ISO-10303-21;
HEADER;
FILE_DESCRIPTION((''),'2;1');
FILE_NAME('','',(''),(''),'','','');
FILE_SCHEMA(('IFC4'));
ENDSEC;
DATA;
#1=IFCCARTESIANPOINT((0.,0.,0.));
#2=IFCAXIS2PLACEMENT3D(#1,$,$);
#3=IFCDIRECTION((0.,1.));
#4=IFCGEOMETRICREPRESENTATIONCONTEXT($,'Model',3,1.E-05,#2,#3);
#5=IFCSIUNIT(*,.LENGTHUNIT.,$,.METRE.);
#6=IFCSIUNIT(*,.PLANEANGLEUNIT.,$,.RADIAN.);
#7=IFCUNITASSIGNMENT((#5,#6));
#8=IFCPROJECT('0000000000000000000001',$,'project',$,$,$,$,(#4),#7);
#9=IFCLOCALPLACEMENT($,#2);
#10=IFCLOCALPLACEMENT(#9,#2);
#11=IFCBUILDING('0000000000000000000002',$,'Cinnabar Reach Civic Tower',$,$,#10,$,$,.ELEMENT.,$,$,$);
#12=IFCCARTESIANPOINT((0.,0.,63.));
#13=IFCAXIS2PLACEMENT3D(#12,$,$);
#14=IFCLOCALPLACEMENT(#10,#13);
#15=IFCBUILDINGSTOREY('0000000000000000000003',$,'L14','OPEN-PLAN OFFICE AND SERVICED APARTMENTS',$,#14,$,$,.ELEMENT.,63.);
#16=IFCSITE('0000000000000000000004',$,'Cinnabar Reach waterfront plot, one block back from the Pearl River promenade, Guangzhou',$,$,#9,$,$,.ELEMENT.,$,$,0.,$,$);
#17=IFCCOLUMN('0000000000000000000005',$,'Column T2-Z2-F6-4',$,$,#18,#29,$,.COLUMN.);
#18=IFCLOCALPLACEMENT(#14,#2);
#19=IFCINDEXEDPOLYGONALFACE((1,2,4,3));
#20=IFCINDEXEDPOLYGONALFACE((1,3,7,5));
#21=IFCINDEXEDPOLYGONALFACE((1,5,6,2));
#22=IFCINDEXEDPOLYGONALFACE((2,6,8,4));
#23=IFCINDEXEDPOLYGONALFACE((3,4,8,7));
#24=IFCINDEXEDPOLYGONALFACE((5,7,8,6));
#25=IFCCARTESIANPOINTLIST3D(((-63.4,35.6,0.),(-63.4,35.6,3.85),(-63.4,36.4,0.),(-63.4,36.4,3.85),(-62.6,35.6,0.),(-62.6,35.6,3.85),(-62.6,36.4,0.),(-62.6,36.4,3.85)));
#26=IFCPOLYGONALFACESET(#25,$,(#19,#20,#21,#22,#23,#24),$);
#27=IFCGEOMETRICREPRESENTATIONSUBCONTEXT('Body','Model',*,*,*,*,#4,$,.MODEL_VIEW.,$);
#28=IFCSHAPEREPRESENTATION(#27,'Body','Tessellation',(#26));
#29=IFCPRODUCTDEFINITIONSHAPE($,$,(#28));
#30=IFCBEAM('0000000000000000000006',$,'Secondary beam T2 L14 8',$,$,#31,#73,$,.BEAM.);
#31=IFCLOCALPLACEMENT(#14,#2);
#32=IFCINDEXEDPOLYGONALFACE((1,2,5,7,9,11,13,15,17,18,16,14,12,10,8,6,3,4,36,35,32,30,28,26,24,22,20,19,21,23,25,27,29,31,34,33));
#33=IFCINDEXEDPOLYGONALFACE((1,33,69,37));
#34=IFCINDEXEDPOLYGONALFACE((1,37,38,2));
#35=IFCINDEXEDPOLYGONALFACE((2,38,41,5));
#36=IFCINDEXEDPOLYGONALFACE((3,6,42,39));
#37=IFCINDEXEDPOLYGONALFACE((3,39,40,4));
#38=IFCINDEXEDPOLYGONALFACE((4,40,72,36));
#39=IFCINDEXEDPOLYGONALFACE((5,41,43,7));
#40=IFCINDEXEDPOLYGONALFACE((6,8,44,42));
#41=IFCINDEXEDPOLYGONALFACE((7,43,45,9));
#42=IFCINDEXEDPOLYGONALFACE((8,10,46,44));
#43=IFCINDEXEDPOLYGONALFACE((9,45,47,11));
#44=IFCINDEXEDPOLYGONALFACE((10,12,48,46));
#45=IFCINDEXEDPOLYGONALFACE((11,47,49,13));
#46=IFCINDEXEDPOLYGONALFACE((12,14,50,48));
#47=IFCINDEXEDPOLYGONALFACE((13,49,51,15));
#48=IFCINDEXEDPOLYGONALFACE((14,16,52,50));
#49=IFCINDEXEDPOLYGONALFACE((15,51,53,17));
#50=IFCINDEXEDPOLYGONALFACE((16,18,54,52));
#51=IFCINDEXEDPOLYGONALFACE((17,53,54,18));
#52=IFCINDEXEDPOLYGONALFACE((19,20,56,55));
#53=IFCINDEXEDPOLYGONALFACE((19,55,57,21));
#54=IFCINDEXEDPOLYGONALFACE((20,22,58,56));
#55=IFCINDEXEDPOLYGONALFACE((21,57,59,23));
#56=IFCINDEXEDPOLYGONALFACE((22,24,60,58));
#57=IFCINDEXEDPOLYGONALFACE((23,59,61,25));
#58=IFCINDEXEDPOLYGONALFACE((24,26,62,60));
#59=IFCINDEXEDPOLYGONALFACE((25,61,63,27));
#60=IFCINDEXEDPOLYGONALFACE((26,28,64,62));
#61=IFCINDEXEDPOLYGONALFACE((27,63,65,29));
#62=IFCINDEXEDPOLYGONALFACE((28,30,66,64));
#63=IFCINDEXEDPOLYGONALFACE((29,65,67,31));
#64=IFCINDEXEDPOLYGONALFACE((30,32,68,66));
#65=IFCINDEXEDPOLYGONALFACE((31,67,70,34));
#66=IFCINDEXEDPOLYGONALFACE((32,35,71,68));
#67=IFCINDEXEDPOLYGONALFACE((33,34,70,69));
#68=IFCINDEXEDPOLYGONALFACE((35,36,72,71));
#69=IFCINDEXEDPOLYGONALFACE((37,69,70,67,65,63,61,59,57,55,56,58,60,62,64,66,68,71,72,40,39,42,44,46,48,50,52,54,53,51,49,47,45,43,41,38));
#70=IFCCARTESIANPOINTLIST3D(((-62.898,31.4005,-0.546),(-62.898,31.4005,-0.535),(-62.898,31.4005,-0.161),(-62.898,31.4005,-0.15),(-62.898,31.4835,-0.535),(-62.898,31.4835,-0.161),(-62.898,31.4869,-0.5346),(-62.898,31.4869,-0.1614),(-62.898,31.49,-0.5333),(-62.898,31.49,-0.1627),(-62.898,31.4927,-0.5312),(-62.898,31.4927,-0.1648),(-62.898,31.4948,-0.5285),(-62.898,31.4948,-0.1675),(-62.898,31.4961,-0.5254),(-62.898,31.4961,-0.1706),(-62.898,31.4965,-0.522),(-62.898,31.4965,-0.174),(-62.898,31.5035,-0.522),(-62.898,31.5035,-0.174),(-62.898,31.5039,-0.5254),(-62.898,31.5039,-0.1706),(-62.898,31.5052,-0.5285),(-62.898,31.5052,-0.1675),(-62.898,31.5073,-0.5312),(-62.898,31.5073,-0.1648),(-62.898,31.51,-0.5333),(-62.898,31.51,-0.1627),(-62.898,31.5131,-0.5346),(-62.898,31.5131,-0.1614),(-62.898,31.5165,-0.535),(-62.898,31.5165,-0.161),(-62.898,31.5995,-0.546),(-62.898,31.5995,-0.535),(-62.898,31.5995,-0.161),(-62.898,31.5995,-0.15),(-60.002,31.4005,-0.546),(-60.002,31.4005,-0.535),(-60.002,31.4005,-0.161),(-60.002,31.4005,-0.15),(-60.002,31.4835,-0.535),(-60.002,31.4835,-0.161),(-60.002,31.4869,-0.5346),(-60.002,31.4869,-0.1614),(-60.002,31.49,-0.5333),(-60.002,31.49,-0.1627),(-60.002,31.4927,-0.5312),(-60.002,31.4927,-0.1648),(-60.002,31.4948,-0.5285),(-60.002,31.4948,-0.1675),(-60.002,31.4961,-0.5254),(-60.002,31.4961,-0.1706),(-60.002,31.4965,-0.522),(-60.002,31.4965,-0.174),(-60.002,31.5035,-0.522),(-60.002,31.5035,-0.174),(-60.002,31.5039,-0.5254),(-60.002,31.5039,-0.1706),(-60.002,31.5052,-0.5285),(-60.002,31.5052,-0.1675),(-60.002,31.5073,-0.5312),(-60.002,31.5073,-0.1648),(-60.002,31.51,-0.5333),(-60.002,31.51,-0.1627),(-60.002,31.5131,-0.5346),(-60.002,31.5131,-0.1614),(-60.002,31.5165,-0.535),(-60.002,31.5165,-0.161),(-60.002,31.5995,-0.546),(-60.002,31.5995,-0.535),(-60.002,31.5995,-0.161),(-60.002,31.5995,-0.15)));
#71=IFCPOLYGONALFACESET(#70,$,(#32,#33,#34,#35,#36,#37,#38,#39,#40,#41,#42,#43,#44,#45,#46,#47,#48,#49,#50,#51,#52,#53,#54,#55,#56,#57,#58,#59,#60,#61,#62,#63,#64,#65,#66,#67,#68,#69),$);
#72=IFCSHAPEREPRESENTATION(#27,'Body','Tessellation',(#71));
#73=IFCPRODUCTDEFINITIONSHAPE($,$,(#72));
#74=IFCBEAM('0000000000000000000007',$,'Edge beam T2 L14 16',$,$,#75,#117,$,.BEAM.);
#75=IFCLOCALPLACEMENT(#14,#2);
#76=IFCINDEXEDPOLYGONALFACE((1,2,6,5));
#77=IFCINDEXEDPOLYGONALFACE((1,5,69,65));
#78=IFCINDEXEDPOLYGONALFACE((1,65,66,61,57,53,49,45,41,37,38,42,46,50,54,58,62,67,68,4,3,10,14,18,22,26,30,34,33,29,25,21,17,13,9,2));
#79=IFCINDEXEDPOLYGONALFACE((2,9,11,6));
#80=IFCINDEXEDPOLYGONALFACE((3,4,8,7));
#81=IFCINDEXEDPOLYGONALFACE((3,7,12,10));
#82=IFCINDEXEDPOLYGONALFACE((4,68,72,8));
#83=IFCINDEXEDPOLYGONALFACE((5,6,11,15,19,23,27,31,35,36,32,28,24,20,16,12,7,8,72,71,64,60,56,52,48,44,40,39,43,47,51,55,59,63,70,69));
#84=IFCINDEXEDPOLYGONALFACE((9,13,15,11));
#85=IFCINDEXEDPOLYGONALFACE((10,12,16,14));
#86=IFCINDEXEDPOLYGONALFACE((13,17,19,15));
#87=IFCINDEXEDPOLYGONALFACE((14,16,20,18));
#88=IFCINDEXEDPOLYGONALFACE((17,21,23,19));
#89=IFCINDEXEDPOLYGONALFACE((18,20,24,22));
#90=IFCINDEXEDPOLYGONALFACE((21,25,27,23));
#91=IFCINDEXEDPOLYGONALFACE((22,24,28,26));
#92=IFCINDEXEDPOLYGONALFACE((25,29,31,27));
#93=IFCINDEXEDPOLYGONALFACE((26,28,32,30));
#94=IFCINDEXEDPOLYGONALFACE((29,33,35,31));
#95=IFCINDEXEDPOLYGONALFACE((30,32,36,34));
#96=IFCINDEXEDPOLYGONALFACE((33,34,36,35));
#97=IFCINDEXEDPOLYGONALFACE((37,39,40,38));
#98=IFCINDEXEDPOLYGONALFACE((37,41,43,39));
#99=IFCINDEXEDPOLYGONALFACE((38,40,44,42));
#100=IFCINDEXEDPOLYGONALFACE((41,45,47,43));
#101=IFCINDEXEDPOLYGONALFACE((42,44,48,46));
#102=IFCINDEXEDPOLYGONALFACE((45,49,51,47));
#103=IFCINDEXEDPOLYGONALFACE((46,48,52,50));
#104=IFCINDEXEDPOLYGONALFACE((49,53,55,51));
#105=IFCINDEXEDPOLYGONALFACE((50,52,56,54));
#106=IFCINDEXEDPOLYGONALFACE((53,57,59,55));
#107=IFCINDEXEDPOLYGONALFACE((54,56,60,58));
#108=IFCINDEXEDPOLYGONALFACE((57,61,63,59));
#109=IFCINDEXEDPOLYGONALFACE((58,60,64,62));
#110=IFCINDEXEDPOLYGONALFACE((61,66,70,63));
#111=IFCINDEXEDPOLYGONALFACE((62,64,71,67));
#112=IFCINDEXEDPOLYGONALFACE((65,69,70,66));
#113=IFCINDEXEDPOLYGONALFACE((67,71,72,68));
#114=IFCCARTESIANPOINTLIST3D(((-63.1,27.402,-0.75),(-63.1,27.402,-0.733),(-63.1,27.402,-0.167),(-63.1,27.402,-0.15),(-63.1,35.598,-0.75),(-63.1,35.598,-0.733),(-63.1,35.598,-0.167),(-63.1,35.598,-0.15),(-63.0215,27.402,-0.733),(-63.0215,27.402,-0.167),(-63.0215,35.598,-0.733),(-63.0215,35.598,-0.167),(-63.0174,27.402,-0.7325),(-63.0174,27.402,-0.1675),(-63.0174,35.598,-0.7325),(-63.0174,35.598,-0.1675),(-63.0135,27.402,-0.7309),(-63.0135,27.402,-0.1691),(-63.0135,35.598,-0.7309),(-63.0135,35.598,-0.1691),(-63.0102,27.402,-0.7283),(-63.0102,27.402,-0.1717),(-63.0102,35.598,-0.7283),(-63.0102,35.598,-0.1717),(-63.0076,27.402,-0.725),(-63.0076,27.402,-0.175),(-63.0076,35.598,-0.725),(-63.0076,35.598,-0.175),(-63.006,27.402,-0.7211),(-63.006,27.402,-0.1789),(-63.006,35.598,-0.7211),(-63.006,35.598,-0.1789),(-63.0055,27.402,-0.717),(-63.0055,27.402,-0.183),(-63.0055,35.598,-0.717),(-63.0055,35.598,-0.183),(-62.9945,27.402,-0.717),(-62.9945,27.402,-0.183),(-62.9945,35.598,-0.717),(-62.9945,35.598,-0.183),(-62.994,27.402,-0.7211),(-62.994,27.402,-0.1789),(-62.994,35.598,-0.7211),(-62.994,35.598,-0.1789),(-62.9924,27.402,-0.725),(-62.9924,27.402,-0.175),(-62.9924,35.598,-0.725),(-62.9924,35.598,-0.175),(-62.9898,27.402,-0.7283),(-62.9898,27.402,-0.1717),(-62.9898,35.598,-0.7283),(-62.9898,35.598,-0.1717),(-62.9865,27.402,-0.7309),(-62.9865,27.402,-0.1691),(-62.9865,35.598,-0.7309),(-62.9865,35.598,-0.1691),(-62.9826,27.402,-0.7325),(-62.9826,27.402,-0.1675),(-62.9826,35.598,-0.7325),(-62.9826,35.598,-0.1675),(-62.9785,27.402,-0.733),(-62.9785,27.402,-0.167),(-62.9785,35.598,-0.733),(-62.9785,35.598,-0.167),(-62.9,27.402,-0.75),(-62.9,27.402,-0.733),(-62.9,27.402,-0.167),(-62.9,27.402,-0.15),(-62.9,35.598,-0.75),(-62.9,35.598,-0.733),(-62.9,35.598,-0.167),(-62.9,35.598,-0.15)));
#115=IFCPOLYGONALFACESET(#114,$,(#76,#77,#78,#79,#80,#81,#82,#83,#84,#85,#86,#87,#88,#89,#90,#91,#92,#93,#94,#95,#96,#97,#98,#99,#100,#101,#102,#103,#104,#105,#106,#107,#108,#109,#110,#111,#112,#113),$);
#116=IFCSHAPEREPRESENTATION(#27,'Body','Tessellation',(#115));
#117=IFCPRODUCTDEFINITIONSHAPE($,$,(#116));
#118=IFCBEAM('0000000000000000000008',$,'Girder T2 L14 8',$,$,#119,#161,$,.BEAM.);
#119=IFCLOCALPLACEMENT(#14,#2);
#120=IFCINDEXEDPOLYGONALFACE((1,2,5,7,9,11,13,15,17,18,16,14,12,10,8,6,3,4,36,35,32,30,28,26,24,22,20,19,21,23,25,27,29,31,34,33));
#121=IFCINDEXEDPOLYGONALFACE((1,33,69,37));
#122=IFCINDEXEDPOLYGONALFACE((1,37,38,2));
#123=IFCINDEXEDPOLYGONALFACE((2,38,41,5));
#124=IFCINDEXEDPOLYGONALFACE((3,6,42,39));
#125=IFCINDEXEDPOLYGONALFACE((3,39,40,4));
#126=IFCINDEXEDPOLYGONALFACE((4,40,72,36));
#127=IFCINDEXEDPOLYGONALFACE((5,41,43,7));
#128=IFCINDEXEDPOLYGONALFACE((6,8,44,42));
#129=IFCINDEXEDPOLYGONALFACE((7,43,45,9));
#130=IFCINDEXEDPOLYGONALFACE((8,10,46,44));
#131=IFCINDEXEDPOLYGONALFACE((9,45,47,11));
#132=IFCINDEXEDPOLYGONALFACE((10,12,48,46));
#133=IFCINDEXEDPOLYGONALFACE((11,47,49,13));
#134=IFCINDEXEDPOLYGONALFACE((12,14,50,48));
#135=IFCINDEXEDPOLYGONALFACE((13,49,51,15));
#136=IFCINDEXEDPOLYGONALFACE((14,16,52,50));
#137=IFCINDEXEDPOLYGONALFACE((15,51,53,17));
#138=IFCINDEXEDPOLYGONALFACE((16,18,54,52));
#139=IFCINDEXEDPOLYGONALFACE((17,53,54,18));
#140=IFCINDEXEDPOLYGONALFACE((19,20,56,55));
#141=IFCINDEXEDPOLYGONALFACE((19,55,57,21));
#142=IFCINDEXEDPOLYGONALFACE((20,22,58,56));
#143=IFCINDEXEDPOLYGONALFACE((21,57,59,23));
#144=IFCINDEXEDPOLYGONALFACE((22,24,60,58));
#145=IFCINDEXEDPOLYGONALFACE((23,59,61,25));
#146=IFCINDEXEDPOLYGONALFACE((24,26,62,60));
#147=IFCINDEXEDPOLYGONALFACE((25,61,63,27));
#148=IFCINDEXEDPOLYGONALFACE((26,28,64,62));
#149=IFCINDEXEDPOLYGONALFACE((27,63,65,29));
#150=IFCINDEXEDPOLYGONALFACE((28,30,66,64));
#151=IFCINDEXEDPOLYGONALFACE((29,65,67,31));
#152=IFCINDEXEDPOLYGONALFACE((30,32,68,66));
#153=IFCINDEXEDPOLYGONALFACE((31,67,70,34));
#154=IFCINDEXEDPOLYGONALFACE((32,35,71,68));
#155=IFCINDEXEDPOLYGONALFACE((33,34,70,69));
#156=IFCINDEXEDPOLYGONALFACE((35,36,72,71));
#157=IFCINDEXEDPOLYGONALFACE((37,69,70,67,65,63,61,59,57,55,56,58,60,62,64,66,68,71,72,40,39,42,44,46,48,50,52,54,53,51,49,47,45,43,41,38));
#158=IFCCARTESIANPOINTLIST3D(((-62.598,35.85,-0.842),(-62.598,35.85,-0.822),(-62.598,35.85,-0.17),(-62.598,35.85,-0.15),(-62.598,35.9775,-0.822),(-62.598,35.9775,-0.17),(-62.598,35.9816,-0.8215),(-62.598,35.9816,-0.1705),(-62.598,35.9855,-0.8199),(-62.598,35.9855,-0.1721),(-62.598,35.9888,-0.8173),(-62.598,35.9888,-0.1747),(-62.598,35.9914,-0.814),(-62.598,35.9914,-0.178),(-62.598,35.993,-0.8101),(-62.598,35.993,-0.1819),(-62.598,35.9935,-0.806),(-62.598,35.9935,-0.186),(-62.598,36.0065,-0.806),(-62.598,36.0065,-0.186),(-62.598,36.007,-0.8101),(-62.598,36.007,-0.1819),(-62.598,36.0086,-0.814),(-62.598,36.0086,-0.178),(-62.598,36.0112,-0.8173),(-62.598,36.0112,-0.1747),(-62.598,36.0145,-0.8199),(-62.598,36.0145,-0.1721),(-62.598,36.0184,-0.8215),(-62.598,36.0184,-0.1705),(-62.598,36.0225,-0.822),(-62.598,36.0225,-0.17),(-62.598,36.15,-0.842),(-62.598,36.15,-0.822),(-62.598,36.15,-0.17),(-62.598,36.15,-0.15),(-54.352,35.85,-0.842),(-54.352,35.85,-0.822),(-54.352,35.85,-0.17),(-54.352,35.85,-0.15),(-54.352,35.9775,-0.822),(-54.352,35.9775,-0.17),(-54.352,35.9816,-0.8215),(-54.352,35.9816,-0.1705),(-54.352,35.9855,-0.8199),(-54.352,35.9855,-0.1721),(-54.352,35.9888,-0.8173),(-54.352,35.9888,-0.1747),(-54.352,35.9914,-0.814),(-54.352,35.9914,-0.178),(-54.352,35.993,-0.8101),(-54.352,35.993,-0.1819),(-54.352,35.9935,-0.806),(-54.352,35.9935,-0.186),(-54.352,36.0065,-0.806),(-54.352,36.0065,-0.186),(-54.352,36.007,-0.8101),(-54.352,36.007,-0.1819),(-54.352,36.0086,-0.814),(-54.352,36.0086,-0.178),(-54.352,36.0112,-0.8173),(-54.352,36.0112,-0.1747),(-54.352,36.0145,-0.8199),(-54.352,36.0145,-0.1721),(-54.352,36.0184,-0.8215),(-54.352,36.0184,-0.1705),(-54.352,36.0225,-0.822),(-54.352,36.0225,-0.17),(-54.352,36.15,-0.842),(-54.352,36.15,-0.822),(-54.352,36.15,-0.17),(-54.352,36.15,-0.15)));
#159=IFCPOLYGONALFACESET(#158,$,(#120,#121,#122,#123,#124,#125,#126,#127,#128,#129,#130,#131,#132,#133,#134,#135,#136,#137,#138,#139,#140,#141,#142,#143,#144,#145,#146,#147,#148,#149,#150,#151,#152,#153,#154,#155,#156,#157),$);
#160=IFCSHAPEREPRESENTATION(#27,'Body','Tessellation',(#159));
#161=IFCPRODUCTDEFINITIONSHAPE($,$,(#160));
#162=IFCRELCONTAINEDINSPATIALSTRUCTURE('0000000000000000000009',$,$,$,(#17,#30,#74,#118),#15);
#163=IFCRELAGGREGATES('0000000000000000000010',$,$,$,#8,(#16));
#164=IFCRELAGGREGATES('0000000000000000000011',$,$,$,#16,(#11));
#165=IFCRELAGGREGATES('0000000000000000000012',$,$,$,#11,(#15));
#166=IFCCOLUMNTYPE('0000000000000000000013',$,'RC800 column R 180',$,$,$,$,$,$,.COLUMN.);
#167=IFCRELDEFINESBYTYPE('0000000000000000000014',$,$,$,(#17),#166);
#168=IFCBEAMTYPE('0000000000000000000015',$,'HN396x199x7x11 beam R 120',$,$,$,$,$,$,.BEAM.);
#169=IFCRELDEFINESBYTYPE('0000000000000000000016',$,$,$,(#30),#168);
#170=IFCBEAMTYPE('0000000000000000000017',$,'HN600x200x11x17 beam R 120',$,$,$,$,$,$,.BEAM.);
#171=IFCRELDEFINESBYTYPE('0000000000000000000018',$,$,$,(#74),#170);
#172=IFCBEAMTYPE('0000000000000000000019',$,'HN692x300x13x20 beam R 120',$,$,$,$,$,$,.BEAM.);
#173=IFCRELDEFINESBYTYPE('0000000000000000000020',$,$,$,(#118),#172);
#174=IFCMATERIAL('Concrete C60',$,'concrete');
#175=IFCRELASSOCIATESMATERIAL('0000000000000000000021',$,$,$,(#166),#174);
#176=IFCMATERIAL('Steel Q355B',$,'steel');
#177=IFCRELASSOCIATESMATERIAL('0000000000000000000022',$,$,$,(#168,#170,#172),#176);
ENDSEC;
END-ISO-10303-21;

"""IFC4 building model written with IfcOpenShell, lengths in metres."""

from ifc_helpers import new_model, si_unit, direction, frame, origin, origin_2d, place, context, subcontext, project, spatial, rectangle, i_section, extrude, material, material_profile, profile_set, type_object, element, save


model = new_model("IFC4")

# Units and contexts
model_context = context("Model", 3, precision=1e-05, world=origin(), true_north=direction((0.0, 1.0)))
body_context = subcontext(model_context, "Body", "Model", "MODEL_VIEW")
ifc_project = project(units=[si_unit("LENGTHUNIT", "METRE"), si_unit("PLANEANGLEUNIT", "RADIAN")], contexts=[model_context])

# Site, building, storey
site_placement = place(None, origin())
site = spatial("IfcSite", under=ifc_project, at=site_placement, Name="Cinnabar Reach waterfront plot, one block back from the Pearl River promenade, Guangzhou", CompositionType="ELEMENT", RefElevation=0.0)
building_placement = place(site_placement, origin())
building = spatial("IfcBuilding", under=site, at=building_placement, Name="Cinnabar Reach Civic Tower", CompositionType="ELEMENT")
storey_placement = place(building_placement, frame((0.0, 0.0, 63.0)))
storey = spatial("IfcBuildingStorey", under=building, at=storey_placement, Name="L14", Description="OPEN-PLAN OFFICE AND SERVICED APARTMENTS", CompositionType="ELEMENT", Elevation=63.0)

# Column
ifc_material_1 = material(Name="Concrete C60", Category="concrete")
ifc_material_profile_1 = material_profile(ifc_material_1, rectangle(XDim=0.8, YDim=0.8, at=origin_2d()), Name="RC800")
ifc_profile_set_1 = profile_set([ifc_material_profile_1], Name="Concrete C60")
column_type = type_object("IfcColumnType", Name="RC800 column R 180", PredefinedType="COLUMN", material=ifc_profile_set_1)
column_placement = place(storey_placement, frame((-63.0, 36.0, 0.0), z_axis=(0.0, 0.0, 1.0), x_axis=(1.0, 0.0, 0.0)))
element("IfcColumn", 1, at=column_placement, inside=storey, type_object=column_type, Name="Column T2-Z2-F6-4", PredefinedType="COLUMN", context=body_context, shape_type="SweptSolid", body=[
    extrude(rectangle(XDim=0.8, YDim=0.8, at=origin_2d()), origin(), (0.0, 0.0, 1.0), 3.85),
])

# Beams
ifc_material_2 = material(Name="Steel Q355B", Category="steel")
ifc_material_profile_2 = material_profile(ifc_material_2, i_section(OverallWidth=0.199, OverallDepth=0.396, WebThickness=0.007, FlangeThickness=0.011, FilletRadius=0.013, at=origin_2d()), Name="HN396x199x7x11")
ifc_profile_set_2 = profile_set([ifc_material_profile_2], Name="Steel Q355B")
beam_type_1 = type_object("IfcBeamType", Name="HN396x199x7x11 beam R 120", PredefinedType="BEAM", material=ifc_profile_set_2)
beam_1_placement = place(storey_placement, frame((-62.898, 31.5, -0.348), z_axis=(1.0, 0.0, 0.0), x_axis=(0.0, 1.0, 0.0)))
element("IfcBeam", 2, at=beam_1_placement, inside=storey, type_object=beam_type_1, Name="Secondary beam T2 L14 8", PredefinedType="BEAM", context=body_context, shape_type="SweptSolid", body=[
    extrude(i_section(OverallWidth=0.199, OverallDepth=0.396, WebThickness=0.007, FlangeThickness=0.011, FilletRadius=0.013, at=origin_2d()), origin(), (0.0, 0.0, 1.0), 2.896),
])
ifc_material_profile_3 = material_profile(ifc_material_2, i_section(OverallWidth=0.2, OverallDepth=0.6, WebThickness=0.011, FlangeThickness=0.017, FilletRadius=0.016, at=origin_2d()), Name="HN600x200x11x17")
ifc_profile_set_3 = profile_set([ifc_material_profile_3], Name="Steel Q355B")
beam_type_2 = type_object("IfcBeamType", Name="HN600x200x11x17 beam R 120", PredefinedType="BEAM", material=ifc_profile_set_3)
beam_2_placement = place(storey_placement, frame((-63.0, 35.598, -0.45), z_axis=(0.0, -1.0, 0.0), x_axis=(1.0, 0.0, 0.0)))
element("IfcBeam", 3, at=beam_2_placement, inside=storey, type_object=beam_type_2, Name="Edge beam T2 L14 16", PredefinedType="BEAM", context=body_context, shape_type="SweptSolid", body=[
    extrude(i_section(OverallWidth=0.2, OverallDepth=0.6, WebThickness=0.011, FlangeThickness=0.017, FilletRadius=0.016, at=origin_2d()), origin(), (0.0, 0.0, 1.0), 8.196),
])
ifc_material_profile_4 = material_profile(ifc_material_2, i_section(OverallWidth=0.3, OverallDepth=0.692, WebThickness=0.013, FlangeThickness=0.02, FilletRadius=0.016, at=origin_2d()), Name="HN692x300x13x20")
ifc_profile_set_4 = profile_set([ifc_material_profile_4], Name="Steel Q355B")
beam_type_3 = type_object("IfcBeamType", Name="HN692x300x13x20 beam R 120", PredefinedType="BEAM", material=ifc_profile_set_4)
beam_3_placement = place(storey_placement, frame((-62.598, 36.0, -0.496), z_axis=(1.0, 0.0, 0.0), x_axis=(0.0, 1.0, 0.0)))
element("IfcBeam", 4, at=beam_3_placement, inside=storey, type_object=beam_type_3, Name="Girder T2 L14 8", PredefinedType="BEAM", context=body_context, shape_type="SweptSolid", body=[
    extrude(i_section(OverallWidth=0.3, OverallDepth=0.692, WebThickness=0.013, FlangeThickness=0.02, FilletRadius=0.016, at=origin_2d()), origin(), (0.0, 0.0, 1.0), 8.246),
])

save(model, "model.ifc")
